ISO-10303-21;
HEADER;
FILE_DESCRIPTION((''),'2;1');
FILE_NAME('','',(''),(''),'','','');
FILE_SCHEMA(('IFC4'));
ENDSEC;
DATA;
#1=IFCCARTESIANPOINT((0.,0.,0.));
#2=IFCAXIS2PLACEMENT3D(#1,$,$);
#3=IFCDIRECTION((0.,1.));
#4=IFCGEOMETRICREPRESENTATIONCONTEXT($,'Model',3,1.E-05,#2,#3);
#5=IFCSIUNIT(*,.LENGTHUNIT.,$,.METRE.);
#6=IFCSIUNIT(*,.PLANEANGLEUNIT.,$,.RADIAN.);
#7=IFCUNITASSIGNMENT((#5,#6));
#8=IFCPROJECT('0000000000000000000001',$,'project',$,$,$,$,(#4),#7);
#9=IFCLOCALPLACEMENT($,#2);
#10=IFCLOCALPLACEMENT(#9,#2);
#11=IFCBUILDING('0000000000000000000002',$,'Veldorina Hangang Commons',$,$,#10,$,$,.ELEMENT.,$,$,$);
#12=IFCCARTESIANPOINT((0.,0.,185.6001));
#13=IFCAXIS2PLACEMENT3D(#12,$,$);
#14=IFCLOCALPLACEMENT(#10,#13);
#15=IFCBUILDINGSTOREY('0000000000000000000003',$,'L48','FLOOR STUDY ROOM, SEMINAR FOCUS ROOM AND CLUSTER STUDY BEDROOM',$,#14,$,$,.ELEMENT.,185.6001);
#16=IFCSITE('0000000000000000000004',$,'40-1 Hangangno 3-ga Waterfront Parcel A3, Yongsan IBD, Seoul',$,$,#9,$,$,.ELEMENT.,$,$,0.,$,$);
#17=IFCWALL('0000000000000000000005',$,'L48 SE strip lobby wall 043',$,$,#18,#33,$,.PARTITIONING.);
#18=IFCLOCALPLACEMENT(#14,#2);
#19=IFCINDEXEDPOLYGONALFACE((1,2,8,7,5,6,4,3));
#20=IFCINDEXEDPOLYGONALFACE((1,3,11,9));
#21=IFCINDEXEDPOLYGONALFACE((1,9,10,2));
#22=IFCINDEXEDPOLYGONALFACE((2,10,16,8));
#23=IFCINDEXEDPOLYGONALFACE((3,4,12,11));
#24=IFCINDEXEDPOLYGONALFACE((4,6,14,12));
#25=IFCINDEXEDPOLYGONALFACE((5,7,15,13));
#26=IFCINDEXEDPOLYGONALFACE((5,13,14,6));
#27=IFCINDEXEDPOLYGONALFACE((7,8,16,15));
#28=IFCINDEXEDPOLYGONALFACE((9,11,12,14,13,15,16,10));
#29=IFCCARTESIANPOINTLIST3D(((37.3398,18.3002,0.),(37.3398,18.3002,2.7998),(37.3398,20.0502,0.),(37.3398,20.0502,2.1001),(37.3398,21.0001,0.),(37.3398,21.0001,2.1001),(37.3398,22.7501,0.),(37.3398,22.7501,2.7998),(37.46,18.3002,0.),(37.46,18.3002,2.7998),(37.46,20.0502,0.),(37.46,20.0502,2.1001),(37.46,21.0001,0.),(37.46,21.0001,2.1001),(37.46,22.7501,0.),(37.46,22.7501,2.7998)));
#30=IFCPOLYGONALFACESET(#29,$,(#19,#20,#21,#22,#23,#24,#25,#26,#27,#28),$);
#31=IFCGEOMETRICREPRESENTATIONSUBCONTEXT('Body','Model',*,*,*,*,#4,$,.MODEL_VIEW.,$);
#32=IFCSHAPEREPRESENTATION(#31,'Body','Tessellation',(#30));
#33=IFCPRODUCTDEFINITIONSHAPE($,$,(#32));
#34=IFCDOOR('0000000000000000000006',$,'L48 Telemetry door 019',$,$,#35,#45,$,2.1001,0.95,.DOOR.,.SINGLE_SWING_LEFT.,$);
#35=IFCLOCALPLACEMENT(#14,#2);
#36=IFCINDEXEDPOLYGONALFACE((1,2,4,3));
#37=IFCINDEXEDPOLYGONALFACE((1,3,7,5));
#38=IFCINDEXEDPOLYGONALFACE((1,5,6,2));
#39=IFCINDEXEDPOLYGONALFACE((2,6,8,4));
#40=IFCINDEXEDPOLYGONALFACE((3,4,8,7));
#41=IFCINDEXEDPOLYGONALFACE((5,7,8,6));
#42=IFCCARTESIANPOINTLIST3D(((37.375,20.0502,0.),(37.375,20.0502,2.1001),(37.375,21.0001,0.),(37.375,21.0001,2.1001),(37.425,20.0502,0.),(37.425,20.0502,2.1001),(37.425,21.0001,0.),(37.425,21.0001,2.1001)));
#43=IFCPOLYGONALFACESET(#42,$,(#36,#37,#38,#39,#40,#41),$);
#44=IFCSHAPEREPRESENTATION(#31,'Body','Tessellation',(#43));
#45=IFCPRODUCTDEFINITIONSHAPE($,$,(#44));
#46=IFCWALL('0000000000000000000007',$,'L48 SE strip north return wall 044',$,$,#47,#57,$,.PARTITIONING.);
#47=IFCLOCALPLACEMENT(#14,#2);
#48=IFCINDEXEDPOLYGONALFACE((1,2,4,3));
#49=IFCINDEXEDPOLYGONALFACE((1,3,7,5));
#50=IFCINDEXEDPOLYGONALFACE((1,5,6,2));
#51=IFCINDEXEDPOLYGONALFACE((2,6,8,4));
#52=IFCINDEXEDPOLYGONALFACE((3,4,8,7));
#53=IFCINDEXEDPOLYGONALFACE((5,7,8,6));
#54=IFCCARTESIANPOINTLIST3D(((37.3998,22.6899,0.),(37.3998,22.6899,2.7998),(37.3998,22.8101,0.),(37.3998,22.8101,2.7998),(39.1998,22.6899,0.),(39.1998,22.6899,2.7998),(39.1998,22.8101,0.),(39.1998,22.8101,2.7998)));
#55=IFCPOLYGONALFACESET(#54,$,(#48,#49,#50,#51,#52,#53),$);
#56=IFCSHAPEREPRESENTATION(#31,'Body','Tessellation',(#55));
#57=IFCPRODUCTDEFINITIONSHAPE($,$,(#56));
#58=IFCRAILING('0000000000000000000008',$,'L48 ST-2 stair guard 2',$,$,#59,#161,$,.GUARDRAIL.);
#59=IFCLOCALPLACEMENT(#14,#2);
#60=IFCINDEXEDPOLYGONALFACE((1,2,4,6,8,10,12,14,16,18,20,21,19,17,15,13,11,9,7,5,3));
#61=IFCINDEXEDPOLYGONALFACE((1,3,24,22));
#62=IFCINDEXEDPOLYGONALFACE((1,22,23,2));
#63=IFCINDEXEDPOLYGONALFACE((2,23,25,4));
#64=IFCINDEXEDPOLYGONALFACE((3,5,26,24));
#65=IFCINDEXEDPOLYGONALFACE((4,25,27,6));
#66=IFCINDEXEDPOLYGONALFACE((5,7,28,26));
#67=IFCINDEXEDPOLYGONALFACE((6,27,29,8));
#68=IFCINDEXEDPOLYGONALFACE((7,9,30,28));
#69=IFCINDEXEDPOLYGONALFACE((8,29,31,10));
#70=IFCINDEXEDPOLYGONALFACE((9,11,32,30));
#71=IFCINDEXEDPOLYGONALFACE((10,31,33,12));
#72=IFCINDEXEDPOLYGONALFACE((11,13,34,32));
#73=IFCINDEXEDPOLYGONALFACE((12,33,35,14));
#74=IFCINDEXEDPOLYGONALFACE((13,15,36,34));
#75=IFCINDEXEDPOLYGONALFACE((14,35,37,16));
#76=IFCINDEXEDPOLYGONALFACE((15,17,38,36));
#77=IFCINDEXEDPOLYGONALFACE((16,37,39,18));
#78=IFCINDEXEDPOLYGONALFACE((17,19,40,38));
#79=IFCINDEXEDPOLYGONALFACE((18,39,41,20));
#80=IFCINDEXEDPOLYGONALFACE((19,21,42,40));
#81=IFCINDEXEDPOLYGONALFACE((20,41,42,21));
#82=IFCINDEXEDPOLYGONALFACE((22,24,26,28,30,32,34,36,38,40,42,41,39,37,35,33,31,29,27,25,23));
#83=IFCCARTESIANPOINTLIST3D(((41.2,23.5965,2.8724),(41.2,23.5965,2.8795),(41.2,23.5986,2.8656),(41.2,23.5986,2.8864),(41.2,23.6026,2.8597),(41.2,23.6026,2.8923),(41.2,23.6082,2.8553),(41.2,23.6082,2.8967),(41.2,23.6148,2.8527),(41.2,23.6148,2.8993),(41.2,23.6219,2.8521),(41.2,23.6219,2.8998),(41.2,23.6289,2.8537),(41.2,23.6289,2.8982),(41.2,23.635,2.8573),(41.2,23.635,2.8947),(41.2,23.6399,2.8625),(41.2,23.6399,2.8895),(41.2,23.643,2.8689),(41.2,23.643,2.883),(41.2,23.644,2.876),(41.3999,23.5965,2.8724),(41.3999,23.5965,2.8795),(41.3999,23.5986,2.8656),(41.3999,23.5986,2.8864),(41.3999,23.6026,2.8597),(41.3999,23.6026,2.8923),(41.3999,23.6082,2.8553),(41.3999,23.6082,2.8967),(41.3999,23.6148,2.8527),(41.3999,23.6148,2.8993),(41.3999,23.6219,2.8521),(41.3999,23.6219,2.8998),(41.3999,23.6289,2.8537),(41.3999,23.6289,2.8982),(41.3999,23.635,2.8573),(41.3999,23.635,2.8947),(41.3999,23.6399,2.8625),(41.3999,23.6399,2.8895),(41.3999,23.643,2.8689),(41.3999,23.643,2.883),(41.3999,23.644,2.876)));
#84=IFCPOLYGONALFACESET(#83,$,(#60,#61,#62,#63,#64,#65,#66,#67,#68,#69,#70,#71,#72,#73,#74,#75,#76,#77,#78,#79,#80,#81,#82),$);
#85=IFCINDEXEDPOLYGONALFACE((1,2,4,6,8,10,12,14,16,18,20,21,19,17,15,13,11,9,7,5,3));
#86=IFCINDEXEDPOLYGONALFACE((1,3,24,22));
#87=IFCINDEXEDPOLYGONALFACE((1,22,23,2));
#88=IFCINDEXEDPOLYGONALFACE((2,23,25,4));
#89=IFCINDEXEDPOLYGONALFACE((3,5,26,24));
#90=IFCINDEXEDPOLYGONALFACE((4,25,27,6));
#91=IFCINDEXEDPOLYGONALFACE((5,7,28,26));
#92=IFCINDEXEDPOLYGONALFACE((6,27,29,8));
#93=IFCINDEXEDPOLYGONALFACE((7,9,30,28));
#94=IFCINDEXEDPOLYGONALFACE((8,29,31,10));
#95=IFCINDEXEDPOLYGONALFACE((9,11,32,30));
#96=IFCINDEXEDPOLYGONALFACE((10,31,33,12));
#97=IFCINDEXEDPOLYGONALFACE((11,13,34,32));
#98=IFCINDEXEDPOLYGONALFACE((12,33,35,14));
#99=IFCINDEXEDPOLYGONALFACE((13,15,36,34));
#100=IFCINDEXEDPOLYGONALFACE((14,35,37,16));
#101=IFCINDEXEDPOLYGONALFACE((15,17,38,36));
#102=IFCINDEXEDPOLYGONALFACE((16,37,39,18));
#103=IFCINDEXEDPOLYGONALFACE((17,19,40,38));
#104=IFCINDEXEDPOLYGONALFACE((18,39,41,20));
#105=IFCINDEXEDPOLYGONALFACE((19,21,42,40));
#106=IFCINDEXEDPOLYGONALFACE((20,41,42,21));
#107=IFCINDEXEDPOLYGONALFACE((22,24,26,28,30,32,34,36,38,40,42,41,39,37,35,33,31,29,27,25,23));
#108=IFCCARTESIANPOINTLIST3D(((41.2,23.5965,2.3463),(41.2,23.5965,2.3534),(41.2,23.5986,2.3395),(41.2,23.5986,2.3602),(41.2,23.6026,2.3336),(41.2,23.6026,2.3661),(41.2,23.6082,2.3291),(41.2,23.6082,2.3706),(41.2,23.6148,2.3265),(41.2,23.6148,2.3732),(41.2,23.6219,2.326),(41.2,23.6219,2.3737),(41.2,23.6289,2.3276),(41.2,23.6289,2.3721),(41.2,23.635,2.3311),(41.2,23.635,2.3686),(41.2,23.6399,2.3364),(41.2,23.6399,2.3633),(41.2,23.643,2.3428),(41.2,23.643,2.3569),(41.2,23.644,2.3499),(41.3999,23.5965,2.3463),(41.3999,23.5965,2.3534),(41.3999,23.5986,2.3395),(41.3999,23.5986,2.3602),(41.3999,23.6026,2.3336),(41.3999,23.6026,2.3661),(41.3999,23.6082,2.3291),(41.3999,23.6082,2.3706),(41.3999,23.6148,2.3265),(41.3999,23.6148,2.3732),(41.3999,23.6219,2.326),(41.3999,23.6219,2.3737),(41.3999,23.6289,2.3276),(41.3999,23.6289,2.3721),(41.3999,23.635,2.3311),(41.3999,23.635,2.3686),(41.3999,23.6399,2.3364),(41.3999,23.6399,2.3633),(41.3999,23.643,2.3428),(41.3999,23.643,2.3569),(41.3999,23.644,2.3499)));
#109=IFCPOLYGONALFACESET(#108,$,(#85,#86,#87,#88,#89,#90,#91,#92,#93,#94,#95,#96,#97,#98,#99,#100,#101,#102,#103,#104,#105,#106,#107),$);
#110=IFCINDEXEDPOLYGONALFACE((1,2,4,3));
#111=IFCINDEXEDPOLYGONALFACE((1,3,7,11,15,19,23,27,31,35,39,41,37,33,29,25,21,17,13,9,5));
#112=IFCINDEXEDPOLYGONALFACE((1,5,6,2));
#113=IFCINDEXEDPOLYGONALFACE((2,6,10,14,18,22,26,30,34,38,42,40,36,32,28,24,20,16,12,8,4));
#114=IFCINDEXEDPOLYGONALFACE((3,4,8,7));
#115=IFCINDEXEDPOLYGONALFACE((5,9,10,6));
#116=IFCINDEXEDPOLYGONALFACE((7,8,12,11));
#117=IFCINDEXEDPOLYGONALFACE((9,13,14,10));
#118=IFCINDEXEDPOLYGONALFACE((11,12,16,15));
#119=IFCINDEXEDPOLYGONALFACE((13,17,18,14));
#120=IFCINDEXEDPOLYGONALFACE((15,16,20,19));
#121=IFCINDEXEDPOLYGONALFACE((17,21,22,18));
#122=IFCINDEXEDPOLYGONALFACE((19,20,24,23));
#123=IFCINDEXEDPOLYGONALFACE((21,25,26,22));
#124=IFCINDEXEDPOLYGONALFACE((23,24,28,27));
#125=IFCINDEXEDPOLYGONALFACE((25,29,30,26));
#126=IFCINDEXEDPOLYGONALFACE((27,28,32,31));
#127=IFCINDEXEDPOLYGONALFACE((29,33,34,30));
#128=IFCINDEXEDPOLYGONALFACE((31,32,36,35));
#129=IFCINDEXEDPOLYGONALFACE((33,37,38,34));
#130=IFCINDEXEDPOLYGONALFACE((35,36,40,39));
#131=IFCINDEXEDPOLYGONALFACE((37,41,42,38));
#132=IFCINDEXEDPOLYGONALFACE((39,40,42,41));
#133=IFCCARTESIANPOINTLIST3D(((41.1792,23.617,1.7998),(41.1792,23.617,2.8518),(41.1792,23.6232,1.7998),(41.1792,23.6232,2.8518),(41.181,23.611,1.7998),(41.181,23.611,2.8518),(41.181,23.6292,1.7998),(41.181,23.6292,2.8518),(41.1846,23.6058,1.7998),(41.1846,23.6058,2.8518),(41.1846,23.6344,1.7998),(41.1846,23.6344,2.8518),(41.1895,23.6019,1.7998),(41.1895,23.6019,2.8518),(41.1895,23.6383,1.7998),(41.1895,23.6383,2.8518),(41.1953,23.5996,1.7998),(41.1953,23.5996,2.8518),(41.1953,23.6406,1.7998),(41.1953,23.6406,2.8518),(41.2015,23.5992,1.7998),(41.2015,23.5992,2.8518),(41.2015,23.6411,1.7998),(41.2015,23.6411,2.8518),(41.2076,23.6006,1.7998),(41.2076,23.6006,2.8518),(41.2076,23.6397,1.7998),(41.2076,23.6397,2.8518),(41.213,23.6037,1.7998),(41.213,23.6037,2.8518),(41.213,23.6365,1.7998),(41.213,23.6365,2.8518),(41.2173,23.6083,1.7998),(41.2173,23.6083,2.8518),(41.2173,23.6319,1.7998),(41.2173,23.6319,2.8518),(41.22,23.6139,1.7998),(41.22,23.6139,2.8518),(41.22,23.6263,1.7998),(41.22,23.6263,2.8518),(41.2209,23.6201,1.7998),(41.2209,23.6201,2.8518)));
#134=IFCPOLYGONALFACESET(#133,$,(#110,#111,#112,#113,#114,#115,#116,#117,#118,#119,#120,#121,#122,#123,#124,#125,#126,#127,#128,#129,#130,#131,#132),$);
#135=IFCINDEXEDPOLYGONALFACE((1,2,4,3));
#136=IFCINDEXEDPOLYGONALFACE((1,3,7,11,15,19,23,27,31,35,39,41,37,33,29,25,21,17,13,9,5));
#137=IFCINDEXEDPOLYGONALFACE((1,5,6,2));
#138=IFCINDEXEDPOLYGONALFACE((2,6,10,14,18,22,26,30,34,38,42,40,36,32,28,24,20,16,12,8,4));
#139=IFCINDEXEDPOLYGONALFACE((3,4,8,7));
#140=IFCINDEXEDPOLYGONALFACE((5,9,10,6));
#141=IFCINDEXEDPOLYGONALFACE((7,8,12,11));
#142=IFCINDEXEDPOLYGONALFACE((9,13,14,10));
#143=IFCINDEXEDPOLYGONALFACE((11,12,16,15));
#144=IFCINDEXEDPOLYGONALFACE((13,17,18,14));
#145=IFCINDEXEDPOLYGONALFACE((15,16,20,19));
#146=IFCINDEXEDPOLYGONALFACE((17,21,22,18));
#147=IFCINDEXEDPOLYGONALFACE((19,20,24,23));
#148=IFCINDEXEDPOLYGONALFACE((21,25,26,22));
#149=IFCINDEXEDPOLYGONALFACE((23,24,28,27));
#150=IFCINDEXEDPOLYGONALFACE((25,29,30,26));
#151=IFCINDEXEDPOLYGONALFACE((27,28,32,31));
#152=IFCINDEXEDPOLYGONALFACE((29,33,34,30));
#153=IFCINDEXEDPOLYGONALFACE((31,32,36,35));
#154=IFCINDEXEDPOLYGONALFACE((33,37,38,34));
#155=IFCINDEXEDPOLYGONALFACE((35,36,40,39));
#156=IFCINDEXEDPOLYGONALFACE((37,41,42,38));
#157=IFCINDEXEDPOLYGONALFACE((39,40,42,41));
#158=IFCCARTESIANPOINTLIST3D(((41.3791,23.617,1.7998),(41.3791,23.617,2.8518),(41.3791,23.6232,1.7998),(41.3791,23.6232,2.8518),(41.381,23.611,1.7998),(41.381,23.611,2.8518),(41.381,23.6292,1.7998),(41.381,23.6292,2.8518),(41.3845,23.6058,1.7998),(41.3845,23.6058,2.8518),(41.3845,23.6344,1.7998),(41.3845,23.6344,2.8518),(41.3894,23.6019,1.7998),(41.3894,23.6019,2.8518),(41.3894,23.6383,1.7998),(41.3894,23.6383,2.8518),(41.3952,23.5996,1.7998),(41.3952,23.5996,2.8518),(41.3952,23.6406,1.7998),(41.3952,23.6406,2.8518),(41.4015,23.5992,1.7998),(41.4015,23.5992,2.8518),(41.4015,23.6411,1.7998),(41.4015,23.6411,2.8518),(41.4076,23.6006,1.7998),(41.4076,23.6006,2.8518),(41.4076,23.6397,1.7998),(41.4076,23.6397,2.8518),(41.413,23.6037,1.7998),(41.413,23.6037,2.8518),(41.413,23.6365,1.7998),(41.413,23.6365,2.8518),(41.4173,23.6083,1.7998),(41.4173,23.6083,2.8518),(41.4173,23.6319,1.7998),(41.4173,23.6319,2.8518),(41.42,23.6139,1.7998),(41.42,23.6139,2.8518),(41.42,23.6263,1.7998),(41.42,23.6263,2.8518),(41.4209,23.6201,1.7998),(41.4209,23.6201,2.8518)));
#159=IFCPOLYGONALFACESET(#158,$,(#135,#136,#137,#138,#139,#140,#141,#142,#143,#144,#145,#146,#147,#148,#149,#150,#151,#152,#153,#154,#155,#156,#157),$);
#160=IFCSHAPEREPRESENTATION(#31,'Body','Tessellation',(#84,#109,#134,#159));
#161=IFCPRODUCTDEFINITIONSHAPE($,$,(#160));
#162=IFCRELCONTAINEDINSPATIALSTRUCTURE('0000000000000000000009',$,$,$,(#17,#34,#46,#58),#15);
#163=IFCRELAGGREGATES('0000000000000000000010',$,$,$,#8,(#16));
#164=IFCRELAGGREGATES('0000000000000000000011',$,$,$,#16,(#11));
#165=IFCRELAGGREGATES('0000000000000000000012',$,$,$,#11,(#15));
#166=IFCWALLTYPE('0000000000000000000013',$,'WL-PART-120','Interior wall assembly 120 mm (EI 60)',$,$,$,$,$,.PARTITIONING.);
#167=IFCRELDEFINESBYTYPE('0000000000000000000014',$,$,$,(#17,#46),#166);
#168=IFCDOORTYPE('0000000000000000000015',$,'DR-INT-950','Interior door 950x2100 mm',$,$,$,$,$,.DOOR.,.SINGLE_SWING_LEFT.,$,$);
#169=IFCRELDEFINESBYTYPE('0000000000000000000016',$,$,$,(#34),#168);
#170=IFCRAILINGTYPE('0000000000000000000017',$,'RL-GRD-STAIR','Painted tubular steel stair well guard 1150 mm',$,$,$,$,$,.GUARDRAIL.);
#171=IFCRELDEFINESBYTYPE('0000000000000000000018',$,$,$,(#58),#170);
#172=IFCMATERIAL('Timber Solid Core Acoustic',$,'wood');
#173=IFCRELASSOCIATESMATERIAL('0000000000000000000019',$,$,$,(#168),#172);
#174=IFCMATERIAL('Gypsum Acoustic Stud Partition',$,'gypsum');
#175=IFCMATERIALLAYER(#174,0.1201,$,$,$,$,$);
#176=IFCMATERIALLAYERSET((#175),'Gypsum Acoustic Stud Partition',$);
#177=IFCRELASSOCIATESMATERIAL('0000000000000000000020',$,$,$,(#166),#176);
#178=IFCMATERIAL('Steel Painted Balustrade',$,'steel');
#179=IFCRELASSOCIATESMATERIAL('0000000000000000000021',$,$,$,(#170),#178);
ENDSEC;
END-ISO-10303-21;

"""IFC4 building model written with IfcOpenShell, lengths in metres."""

from ifc_helpers import new_model, si_unit, direction, frame, frame_2d, origin, origin_2d, place, context, subcontext, project, spatial, rectangle, circle, extrude, material, layer, layer_set, type_object, element, fill, save


model = new_model("IFC4")

# Units and contexts
model_context = context("Model", 3, precision=1e-05, world=origin(), true_north=direction((0.0, 1.0)))
body_context = subcontext(model_context, "Body", "Model", "MODEL_VIEW")
ifc_project = project(units=[si_unit("LENGTHUNIT", "METRE"), si_unit("PLANEANGLEUNIT", "RADIAN")], contexts=[model_context])

# Site, building, storey
site_placement = place(None, origin())
site = spatial("IfcSite", under=ifc_project, at=site_placement, Name="40-1 Hangangno 3-ga Waterfront Parcel A3, Yongsan IBD, Seoul", CompositionType="ELEMENT", RefElevation=0.0)
building_placement = place(site_placement, origin())
building = spatial("IfcBuilding", under=site, at=building_placement, Name="Veldorina Hangang Commons", CompositionType="ELEMENT")
storey_placement = place(building_placement, frame((0.0, 0.0, 185.6001)))
storey = spatial("IfcBuildingStorey", under=building, at=storey_placement, Name="L48", Description="FLOOR STUDY ROOM, SEMINAR FOCUS ROOM AND CLUSTER STUDY BEDROOM", CompositionType="ELEMENT", Elevation=185.6001)

# Shared definitions
ifc_material_1 = material(Name="Timber Solid Core Acoustic", Category="wood")
door_type_1 = type_object("IfcDoorType", Name="DR-INT-950", Description="Interior door 950x2100 mm", OperationType="SINGLE_SWING_LEFT", PredefinedType="DOOR", material=ifc_material_1)

# Wall, opening, door
ifc_material_2 = material(Name="Gypsum Acoustic Stud Partition", Category="gypsum")
ifc_layer_1 = layer(ifc_material_2, 0.1201)
ifc_layer_set_1 = layer_set([ifc_layer_1], Name="Gypsum Acoustic Stud Partition")
wall_type_1 = type_object("IfcWallType", Name="WL-PART-120", Description="Interior wall assembly 120 mm (EI 60)", PredefinedType="PARTITIONING", material=ifc_layer_set_1)
wall_1_placement = place(storey_placement, frame((37.3999, 18.3, 0.0), z_axis=(0.0, 0.0, 1.0), x_axis=(0.0, 1.0, 0.0)))
wall_1 = element("IfcWall", 1, at=wall_1_placement, inside=storey, type_object=wall_type_1, Name="L48 SE strip lobby wall 043", PredefinedType="PARTITIONING", context=body_context, shape_type="SweptSolid", body=[
    extrude(rectangle(XDim=4.45, YDim=0.1201, at=frame_2d((2.2251, 0.0))), origin(), (0.0, 0.0, 1.0), 2.7998),
])
opening_1_placement = place(wall_1_placement, frame((1.75, 0.0, 0.0)))
opening_1 = element("IfcOpeningElement", 2, at=opening_1_placement, cuts=wall_1, PredefinedType="OPENING", context=body_context, shape_type="SweptSolid", body=[
    extrude(rectangle(XDim=0.95, YDim=2.1001, at=frame_2d((0.4751, 1.05))), frame((0.0, 0.0701, 0.0), z_axis=(0.0, -1.0, 0.0), x_axis=(1.0, 0.0, 0.0)), (0.0, 0.0, 1.0), 0.1401),
])
door_1_placement = place(opening_1_placement, origin())
door_1 = element("IfcDoor", 3, at=door_1_placement, inside=storey, type_object=door_type_1, Name="L48 Telemetry door 019", OperationType="SINGLE_SWING_LEFT", OverallHeight=2.1001, OverallWidth=0.95, PredefinedType="DOOR", context=body_context, shape_type="SweptSolid", body=[
    extrude(rectangle(XDim=0.95, YDim=2.1001, at=frame_2d((0.4751, 1.05))), frame((0.0, 0.0249, 0.0), z_axis=(0.0, -1.0, 0.0), x_axis=(1.0, 0.0, 0.0)), (0.0, 0.0, 1.0), 0.05),
])
fill(opening_1, door_1)

# Wall
wall_2_placement = place(storey_placement, frame((37.3999, 22.75, 0.0), z_axis=(0.0, 0.0, 1.0), x_axis=(1.0, 0.0, 0.0)))
element("IfcWall", 4, at=wall_2_placement, inside=storey, type_object=wall_type_1, Name="L48 SE strip north return wall 044", PredefinedType="PARTITIONING", context=body_context, shape_type="SweptSolid", body=[
    extrude(rectangle(XDim=1.8, YDim=0.1201, at=frame_2d((0.8999, 0.0))), origin(), (0.0, 0.0, 1.0), 2.7998),
])

# Railing
ifc_material_3 = material(Name="Steel Painted Balustrade", Category="steel")
railing_type = type_object("IfcRailingType", Name="RL-GRD-STAIR", Description="Painted tubular steel stair well guard 1150 mm", PredefinedType="GUARDRAIL", material=ifc_material_3)
railing_1_placement = place(storey_placement, frame((41.2, 23.6201, 1.7998)))
element("IfcRailing", 5, at=railing_1_placement, inside=storey, type_object=railing_type, Name="L48 ST-2 stair guard 2", PredefinedType="GUARDRAIL", context=body_context, shape_type="SweptSolid", body=[
    extrude(circle(Radius=0.0239, at=origin_2d()), frame((0.0, 0.0, 1.0762), z_axis=(1.0, 0.0, 0.0), x_axis=(0.0, 1.0, 0.0)), (0.0, 0.0, 1.0), 0.2),
    extrude(circle(Radius=0.0239, at=origin_2d()), frame((0.0, 0.0, 0.55), z_axis=(1.0, 0.0, 0.0), x_axis=(0.0, 1.0, 0.0)), (0.0, 0.0, 1.0), 0.2),
    extrude(circle(Radius=0.021, at=origin_2d()), origin(), (0.0, 0.0, 1.0), 1.052),
    extrude(circle(Radius=0.021, at=origin_2d()), frame((0.2, 0.0, 0.0)), (0.0, 0.0, 1.0), 1.052),
])

save(model, "model.ifc")
